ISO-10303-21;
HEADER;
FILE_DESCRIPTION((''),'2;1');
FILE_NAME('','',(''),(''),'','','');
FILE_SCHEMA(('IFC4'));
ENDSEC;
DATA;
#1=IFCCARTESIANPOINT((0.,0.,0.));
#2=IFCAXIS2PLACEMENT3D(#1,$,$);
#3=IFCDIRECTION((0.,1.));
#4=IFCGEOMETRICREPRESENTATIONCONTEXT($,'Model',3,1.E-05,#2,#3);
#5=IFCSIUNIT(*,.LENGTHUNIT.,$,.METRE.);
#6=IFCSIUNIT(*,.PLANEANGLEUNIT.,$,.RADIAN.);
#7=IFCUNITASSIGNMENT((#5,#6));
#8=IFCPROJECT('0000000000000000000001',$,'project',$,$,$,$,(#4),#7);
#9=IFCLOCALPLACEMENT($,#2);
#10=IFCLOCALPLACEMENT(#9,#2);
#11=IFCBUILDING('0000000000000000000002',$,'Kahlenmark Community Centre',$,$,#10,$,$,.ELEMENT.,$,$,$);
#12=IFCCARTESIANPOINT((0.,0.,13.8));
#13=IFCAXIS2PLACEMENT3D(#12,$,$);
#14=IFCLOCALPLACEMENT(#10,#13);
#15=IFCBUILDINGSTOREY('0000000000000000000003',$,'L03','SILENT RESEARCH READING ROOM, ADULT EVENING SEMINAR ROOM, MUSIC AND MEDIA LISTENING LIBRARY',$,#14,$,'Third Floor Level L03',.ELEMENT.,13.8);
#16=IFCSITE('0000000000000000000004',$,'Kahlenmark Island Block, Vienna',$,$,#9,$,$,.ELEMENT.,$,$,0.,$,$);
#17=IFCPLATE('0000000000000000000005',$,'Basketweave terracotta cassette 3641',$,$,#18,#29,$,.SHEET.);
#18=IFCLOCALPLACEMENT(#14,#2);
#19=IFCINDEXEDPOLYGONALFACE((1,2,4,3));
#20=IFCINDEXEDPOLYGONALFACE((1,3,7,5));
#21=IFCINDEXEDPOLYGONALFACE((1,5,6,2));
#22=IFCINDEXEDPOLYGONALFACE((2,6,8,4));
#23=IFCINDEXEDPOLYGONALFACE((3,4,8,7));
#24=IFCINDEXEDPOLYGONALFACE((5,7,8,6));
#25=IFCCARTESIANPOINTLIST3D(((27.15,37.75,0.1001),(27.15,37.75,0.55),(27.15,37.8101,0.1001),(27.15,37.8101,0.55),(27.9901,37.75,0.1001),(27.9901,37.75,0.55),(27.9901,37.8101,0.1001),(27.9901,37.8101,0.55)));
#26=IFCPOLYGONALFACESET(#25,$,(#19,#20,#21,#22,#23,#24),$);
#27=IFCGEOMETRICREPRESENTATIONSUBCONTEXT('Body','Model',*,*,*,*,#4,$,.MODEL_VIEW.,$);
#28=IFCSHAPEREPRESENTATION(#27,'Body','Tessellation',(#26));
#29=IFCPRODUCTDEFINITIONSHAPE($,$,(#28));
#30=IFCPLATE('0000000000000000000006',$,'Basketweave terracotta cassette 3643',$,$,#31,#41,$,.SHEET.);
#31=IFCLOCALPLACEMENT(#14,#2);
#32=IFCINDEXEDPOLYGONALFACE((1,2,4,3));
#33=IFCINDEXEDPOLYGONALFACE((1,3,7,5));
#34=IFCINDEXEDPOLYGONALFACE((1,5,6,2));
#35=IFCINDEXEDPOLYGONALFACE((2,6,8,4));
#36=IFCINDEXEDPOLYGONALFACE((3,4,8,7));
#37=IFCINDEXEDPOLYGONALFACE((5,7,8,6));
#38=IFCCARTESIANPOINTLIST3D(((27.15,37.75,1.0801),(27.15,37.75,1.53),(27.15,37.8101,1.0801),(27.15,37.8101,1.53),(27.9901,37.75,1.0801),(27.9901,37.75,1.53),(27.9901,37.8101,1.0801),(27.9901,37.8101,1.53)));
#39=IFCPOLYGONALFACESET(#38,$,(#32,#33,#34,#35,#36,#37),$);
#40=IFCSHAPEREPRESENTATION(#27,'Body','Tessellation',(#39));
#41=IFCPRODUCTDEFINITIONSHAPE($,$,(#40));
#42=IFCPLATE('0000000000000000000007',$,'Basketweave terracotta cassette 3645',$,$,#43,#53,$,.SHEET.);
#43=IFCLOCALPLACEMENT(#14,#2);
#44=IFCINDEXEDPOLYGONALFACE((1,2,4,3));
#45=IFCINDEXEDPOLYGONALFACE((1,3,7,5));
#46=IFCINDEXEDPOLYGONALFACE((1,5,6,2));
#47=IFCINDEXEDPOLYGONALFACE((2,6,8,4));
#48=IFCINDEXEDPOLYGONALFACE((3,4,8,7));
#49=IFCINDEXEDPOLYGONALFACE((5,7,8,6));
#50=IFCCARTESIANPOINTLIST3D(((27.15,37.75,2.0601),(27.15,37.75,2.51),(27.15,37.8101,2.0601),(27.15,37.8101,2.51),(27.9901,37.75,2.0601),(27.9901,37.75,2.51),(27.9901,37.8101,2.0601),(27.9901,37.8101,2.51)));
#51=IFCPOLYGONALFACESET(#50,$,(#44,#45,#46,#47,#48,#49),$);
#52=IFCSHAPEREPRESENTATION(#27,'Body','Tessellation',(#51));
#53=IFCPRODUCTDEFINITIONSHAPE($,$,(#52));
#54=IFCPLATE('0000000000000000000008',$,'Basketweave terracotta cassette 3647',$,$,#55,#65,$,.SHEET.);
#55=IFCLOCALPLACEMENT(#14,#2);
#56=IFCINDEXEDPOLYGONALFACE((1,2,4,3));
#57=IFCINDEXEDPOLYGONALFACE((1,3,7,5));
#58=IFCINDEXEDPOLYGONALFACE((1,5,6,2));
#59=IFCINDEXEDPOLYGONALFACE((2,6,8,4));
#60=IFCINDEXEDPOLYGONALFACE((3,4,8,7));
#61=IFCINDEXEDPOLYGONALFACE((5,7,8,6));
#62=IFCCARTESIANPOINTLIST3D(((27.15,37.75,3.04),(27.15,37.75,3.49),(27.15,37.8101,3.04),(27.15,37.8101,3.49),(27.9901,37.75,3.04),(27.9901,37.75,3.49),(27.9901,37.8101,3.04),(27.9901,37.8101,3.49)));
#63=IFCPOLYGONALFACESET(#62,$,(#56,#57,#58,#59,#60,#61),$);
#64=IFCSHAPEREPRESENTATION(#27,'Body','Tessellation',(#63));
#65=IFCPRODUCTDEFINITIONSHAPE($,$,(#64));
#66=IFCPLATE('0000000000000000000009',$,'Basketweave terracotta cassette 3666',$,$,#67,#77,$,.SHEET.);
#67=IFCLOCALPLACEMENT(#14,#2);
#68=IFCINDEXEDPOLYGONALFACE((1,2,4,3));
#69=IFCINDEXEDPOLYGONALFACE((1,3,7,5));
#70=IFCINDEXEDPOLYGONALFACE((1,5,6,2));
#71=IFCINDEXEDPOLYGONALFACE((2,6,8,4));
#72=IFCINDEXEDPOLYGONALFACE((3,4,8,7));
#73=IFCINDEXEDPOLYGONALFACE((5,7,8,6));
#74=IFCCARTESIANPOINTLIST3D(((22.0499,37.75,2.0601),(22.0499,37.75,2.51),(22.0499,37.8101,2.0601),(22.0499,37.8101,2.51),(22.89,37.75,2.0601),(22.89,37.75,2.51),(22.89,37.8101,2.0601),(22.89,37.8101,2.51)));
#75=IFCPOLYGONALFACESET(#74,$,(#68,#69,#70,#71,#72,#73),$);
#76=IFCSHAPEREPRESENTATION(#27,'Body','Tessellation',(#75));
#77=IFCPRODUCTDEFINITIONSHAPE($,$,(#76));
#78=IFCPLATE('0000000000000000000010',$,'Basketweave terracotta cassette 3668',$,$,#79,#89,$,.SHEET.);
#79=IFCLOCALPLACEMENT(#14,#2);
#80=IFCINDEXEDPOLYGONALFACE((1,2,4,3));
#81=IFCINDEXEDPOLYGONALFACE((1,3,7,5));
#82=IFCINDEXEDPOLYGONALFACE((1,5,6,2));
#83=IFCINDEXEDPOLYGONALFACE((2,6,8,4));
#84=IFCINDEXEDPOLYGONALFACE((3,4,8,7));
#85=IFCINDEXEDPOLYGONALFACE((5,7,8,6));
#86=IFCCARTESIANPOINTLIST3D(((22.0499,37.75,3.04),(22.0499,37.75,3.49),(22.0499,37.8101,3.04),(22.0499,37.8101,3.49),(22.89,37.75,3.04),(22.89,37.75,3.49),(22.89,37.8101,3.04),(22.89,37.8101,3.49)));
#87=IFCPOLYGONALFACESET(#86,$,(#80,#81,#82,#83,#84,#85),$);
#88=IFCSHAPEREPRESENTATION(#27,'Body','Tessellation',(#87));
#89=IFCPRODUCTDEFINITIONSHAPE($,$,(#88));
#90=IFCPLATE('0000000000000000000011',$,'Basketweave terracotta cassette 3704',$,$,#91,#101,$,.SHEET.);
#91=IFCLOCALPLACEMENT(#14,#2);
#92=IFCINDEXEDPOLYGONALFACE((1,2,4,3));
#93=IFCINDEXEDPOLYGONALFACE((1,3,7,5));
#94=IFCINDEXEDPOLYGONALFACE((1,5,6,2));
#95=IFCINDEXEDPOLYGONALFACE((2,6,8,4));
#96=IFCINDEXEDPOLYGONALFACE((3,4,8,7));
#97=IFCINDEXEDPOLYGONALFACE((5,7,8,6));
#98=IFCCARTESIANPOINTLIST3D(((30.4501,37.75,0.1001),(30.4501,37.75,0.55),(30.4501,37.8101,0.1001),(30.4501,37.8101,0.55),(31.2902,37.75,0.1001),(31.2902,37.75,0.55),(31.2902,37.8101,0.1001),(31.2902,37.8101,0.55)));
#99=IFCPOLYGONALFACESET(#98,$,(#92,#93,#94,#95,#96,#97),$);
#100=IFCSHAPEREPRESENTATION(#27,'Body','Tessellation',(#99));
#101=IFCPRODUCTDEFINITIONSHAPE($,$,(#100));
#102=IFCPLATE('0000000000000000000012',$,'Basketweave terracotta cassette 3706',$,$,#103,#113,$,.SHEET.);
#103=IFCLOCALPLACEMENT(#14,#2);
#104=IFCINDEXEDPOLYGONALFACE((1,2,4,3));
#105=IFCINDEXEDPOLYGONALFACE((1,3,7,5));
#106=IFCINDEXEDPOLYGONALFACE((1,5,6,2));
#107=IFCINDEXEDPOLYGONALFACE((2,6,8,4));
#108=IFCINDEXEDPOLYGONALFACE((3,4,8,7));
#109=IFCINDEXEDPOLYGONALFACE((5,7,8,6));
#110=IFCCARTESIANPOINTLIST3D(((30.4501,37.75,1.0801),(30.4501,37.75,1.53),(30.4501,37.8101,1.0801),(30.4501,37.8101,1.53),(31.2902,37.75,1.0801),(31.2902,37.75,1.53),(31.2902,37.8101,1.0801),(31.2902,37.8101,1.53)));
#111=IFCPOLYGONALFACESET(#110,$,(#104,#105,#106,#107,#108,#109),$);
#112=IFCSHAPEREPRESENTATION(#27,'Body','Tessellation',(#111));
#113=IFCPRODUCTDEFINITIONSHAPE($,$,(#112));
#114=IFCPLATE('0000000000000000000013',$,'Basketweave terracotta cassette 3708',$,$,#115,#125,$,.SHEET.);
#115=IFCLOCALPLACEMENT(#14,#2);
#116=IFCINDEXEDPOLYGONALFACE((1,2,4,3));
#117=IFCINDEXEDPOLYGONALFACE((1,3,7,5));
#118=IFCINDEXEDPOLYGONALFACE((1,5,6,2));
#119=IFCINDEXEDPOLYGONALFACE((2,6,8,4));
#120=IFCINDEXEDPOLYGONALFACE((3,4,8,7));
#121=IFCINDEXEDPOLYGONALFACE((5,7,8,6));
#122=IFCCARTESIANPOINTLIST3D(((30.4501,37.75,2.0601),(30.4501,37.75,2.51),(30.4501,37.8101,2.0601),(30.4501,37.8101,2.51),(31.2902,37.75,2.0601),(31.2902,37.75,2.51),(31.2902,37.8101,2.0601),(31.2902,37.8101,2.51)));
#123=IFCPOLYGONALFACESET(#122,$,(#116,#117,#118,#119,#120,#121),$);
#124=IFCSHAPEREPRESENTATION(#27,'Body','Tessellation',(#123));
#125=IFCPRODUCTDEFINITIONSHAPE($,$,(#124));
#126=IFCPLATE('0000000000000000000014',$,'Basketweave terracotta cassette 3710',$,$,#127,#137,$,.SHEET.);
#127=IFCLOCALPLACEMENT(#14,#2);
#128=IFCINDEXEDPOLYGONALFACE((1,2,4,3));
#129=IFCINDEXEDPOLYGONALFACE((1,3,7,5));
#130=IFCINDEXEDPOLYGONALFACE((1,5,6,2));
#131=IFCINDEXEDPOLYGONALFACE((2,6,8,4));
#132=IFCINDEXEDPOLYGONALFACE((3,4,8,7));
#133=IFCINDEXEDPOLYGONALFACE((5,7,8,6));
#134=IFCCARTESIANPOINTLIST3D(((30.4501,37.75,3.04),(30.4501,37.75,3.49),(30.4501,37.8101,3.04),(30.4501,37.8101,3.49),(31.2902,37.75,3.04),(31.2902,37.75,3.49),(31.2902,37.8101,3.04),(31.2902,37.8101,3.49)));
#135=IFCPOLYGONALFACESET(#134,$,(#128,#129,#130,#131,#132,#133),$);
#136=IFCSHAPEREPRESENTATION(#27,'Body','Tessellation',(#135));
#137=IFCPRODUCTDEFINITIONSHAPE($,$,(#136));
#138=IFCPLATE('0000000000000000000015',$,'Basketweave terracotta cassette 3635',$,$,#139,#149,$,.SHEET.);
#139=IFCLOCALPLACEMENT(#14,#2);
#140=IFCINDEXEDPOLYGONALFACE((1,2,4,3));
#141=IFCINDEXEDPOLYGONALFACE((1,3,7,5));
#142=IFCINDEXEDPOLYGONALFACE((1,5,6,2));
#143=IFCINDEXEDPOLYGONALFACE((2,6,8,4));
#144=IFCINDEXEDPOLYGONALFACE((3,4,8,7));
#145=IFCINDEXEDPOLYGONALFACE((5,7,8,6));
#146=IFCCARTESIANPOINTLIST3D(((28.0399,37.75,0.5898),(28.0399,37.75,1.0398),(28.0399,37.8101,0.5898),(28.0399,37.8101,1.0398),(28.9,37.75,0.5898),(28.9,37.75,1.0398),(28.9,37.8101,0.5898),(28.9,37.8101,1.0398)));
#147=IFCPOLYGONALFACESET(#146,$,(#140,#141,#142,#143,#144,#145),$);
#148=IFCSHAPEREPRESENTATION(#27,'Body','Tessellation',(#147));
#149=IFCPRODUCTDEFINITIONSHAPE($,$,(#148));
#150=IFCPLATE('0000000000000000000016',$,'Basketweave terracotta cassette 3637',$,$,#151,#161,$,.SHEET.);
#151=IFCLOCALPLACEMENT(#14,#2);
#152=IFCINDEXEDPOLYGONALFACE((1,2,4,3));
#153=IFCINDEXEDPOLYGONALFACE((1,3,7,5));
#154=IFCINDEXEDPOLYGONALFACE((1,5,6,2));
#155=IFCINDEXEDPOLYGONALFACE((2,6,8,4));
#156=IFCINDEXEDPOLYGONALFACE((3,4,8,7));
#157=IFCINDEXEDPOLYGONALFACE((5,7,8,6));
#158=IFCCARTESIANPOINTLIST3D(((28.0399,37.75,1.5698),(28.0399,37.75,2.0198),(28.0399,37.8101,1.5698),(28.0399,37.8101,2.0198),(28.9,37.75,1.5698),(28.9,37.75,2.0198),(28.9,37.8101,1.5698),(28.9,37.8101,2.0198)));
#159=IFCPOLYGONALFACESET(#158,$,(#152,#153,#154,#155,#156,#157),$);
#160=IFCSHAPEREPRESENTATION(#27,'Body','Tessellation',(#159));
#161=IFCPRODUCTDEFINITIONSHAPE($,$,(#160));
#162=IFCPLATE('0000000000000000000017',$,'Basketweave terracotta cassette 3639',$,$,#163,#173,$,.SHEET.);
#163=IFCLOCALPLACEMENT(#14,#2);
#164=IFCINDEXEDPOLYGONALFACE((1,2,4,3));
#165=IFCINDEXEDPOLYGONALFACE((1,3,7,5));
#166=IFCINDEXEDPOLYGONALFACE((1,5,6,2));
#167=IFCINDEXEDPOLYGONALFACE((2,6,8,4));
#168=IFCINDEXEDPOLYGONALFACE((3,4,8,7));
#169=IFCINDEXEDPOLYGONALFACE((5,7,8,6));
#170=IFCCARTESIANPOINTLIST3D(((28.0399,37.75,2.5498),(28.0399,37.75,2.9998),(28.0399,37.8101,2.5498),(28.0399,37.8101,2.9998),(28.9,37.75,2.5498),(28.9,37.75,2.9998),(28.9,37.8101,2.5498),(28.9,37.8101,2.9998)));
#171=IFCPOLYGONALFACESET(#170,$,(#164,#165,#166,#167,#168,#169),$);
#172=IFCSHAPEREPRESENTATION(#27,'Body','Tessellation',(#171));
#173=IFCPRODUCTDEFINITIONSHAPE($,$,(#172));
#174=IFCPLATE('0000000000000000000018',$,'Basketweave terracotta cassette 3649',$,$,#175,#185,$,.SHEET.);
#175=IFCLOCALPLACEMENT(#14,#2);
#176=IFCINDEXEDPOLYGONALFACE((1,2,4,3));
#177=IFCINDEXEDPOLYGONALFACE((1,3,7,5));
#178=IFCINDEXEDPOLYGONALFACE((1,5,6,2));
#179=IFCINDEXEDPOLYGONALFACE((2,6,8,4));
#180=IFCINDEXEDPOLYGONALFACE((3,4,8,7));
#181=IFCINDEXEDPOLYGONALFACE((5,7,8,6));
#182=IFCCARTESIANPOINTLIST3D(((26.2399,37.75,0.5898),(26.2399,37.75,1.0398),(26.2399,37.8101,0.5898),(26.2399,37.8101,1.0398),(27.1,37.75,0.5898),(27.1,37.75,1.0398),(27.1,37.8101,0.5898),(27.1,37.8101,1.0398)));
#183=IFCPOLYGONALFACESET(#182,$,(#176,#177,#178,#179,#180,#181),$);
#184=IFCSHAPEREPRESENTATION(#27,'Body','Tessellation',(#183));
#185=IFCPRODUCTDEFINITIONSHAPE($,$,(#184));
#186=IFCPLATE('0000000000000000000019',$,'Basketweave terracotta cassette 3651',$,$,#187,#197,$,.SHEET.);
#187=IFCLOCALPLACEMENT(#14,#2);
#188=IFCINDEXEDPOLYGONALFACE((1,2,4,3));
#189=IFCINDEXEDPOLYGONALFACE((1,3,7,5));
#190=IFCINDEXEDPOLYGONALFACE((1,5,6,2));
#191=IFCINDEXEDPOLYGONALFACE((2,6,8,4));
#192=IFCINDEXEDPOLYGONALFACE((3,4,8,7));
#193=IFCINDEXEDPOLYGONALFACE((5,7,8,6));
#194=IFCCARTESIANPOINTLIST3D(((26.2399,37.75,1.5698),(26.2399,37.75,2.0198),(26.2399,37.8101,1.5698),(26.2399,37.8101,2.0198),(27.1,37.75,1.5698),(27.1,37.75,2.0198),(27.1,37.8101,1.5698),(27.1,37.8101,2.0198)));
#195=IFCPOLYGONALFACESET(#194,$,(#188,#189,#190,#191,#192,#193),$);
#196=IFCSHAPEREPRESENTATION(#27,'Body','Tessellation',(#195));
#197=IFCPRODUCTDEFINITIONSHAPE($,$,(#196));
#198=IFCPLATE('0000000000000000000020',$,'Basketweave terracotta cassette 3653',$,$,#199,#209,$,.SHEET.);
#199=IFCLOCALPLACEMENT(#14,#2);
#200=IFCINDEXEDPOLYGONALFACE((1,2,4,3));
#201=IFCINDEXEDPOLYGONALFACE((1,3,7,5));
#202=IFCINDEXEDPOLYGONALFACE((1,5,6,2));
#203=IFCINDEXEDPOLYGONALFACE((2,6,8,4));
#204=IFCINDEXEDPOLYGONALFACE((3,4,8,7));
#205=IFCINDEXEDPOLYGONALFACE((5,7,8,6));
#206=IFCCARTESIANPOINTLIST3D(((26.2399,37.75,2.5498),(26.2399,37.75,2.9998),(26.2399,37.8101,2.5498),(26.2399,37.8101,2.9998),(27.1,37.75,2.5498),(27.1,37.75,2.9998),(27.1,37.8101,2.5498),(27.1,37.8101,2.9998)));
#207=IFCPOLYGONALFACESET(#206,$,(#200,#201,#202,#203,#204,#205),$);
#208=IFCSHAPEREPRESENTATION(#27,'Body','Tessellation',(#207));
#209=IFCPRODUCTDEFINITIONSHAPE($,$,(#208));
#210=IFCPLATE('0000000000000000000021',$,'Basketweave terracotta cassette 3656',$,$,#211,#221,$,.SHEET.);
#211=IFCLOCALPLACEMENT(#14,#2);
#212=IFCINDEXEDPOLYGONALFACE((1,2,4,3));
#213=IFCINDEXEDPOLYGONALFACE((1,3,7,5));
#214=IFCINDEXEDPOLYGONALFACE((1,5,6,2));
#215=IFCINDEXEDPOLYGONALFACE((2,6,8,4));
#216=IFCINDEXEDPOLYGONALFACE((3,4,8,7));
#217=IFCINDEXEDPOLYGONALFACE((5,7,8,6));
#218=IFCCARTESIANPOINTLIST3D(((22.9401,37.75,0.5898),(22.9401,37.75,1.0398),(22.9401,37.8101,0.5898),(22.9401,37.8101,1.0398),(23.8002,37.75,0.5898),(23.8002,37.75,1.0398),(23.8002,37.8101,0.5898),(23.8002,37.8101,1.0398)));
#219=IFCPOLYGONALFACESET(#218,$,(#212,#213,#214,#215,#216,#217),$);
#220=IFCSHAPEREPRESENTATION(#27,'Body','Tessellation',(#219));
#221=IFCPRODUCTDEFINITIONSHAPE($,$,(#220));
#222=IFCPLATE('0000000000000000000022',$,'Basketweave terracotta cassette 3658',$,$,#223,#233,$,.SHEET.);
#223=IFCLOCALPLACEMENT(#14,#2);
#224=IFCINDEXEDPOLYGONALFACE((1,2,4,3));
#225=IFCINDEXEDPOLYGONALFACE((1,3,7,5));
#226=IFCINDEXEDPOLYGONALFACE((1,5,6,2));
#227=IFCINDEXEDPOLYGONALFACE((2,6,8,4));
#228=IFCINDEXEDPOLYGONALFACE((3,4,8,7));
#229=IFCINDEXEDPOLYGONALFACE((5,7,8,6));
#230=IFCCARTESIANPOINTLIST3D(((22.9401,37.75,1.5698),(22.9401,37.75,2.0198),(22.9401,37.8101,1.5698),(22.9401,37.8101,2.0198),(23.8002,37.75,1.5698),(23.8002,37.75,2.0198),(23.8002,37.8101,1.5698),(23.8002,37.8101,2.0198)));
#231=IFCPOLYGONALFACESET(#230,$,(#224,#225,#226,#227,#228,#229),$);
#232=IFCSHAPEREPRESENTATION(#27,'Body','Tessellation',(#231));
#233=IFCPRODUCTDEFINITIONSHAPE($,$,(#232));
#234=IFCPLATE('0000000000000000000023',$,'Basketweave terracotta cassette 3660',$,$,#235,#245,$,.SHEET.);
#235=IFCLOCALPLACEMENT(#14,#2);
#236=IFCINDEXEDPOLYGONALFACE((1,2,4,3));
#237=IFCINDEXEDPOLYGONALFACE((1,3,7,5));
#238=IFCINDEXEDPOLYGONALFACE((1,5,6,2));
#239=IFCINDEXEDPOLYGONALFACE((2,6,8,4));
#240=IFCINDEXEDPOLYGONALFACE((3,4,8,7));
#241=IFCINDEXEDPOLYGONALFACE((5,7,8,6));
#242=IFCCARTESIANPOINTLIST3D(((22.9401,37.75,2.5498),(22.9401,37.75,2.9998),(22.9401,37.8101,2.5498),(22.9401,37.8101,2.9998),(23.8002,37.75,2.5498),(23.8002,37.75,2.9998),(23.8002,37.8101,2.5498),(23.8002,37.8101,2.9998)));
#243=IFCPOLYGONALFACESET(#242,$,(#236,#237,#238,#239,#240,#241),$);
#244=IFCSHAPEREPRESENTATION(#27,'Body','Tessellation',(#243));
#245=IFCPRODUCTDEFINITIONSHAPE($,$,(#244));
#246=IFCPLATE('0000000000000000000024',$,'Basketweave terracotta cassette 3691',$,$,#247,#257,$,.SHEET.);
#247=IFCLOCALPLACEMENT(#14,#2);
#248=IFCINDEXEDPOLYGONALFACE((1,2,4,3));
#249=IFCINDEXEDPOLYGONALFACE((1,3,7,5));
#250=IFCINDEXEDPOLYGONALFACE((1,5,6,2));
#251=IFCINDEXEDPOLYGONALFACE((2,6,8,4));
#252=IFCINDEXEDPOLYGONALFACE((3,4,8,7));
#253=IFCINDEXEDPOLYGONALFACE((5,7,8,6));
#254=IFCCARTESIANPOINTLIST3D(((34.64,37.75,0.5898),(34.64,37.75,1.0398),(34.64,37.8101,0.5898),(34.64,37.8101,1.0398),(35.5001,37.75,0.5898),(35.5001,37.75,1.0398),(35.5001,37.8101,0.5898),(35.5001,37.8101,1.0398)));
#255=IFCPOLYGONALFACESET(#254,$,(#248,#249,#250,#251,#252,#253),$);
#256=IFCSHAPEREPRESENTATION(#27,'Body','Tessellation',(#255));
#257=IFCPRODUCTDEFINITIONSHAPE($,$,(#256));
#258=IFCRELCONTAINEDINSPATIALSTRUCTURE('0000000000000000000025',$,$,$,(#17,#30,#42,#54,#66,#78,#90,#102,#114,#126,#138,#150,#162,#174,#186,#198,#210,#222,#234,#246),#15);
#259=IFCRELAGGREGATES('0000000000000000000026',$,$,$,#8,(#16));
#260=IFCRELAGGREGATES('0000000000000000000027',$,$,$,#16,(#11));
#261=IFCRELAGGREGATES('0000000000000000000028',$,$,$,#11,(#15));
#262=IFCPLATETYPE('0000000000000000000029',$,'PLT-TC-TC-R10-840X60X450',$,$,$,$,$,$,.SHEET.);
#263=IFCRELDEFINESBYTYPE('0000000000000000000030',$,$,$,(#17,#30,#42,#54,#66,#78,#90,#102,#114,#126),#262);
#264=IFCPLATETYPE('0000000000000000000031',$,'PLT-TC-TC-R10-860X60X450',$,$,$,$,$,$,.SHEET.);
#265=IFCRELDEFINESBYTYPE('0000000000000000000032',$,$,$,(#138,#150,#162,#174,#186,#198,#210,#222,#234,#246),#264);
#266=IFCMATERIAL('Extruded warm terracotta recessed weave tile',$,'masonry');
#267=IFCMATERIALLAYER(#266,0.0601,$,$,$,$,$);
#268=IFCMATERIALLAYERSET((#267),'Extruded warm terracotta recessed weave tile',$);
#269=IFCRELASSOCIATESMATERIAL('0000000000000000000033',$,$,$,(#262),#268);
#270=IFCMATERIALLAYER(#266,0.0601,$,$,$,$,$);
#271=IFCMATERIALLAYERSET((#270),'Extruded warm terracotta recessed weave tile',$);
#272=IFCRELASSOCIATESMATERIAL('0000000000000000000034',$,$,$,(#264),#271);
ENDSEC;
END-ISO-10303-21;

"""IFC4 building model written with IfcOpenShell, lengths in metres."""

from ifc_helpers import new_model, si_unit, direction, frame, origin, origin_2d, place, context, subcontext, project, spatial, rectangle, extrude, material, layer, layer_set, type_object, element, save


model = new_model("IFC4")

# Units and contexts
model_context = context("Model", 3, precision=1e-05, world=origin(), true_north=direction((0.0, 1.0)))
body_context = subcontext(model_context, "Body", "Model", "MODEL_VIEW")
ifc_project = project(units=[si_unit("LENGTHUNIT", "METRE"), si_unit("PLANEANGLEUNIT", "RADIAN")], contexts=[model_context])

# Site, building, storey
site_placement = place(None, origin())
site = spatial("IfcSite", under=ifc_project, at=site_placement, Name="Kahlenmark Island Block, Vienna", CompositionType="ELEMENT", RefElevation=0.0)
building_placement = place(site_placement, origin())
building = spatial("IfcBuilding", under=site, at=building_placement, Name="Kahlenmark Community Centre", CompositionType="ELEMENT")
storey_placement = place(building_placement, frame((0.0, 0.0, 13.8)))
storey = spatial("IfcBuildingStorey", under=building, at=storey_placement, Name="L03", Description="SILENT RESEARCH READING ROOM, ADULT EVENING SEMINAR ROOM, MUSIC AND MEDIA LISTENING LIBRARY", LongName="Third Floor Level L03", CompositionType="ELEMENT", Elevation=13.8)

# Plates
ifc_material = material(Name="Extruded warm terracotta recessed weave tile", Category="masonry")
ifc_layer_1 = layer(ifc_material, 0.0601)
ifc_layer_set_1 = layer_set([ifc_layer_1], Name="Extruded warm terracotta recessed weave tile")
plate_type_1 = type_object("IfcPlateType", Name="PLT-TC-TC-R10-840X60X450", PredefinedType="SHEET", material=ifc_layer_set_1)
for number, where, z_axis, x_axis, name in (
    (1, (27.5701, 37.78, 0.1001), (0.0, 0.0, 1.0), (-1.0, 0.0, 0.0), "Basketweave terracotta cassette 3641"),
    (2, (27.5701, 37.78, 1.0801), (0.0, 0.0, 1.0), (-1.0, 0.0, 0.0), "Basketweave terracotta cassette 3643"),
    (3, (27.5701, 37.78, 2.0601), (0.0, 0.0, 1.0), (-1.0, 0.0, 0.0), "Basketweave terracotta cassette 3645"),
    (4, (27.5701, 37.78, 3.04), (0.0, 0.0, 1.0), (-1.0, 0.0, 0.0), "Basketweave terracotta cassette 3647"),
    (5, (22.47, 37.78, 2.0601), (0.0, 0.0, 1.0), (-1.0, 0.0, 0.0), "Basketweave terracotta cassette 3666"),
    (6, (22.47, 37.78, 3.04), (0.0, 0.0, 1.0), (-1.0, 0.0, 0.0), "Basketweave terracotta cassette 3668"),
    (7, (30.8701, 37.78, 0.1001), (0.0, 0.0, 1.0), (-1.0, 0.0, 0.0), "Basketweave terracotta cassette 3704"),
    (8, (30.8701, 37.78, 1.0801), (0.0, 0.0, 1.0), (-1.0, 0.0, 0.0), "Basketweave terracotta cassette 3706"),
    (9, (30.8701, 37.78, 2.0601), (0.0, 0.0, 1.0), (-1.0, 0.0, 0.0), "Basketweave terracotta cassette 3708"),
    (10, (30.8701, 37.78, 3.04), (0.0, 0.0, 1.0), (-1.0, 0.0, 0.0), "Basketweave terracotta cassette 3710"),
):
    element("IfcPlate", number, at=place(storey_placement, frame(where, z_axis=z_axis, x_axis=x_axis)), inside=storey, type_object=plate_type_1, Name=name, PredefinedType="SHEET", context=body_context, shape_type="SweptSolid", body=[
        extrude(rectangle(XDim=0.8401, YDim=0.0601, at=origin_2d()), origin(), (0.0, 0.0, 1.0), 0.45),
    ])
ifc_layer_2 = layer(ifc_material, 0.0601)
ifc_layer_set_2 = layer_set([ifc_layer_2], Name="Extruded warm terracotta recessed weave tile")
plate_type_2 = type_object("IfcPlateType", Name="PLT-TC-TC-R10-860X60X450", PredefinedType="SHEET", material=ifc_layer_set_2)
for number, where, z_axis, x_axis, name in (
    (11, (28.47, 37.78, 0.5898), (0.0, 0.0, 1.0), (-1.0, 0.0, 0.0), "Basketweave terracotta cassette 3635"),
    (12, (28.47, 37.78, 1.5698), (0.0, 0.0, 1.0), (-1.0, 0.0, 0.0), "Basketweave terracotta cassette 3637"),
    (13, (28.47, 37.78, 2.5498), (0.0, 0.0, 1.0), (-1.0, 0.0, 0.0), "Basketweave terracotta cassette 3639"),
    (14, (26.6699, 37.78, 0.5898), (0.0, 0.0, 1.0), (-1.0, 0.0, 0.0), "Basketweave terracotta cassette 3649"),
    (15, (26.6699, 37.78, 1.5698), (0.0, 0.0, 1.0), (-1.0, 0.0, 0.0), "Basketweave terracotta cassette 3651"),
    (16, (26.6699, 37.78, 2.5498), (0.0, 0.0, 1.0), (-1.0, 0.0, 0.0), "Basketweave terracotta cassette 3653"),
    (17, (23.3701, 37.78, 0.5898), (0.0, 0.0, 1.0), (-1.0, 0.0, 0.0), "Basketweave terracotta cassette 3656"),
    (18, (23.3701, 37.78, 1.5698), (0.0, 0.0, 1.0), (-1.0, 0.0, 0.0), "Basketweave terracotta cassette 3658"),
    (19, (23.3701, 37.78, 2.5498), (0.0, 0.0, 1.0), (-1.0, 0.0, 0.0), "Basketweave terracotta cassette 3660"),
    (20, (35.0701, 37.78, 0.5898), (0.0, 0.0, 1.0), (-1.0, 0.0, 0.0), "Basketweave terracotta cassette 3691"),
):
    element("IfcPlate", number, at=place(storey_placement, frame(where, z_axis=z_axis, x_axis=x_axis)), inside=storey, type_object=plate_type_2, Name=name, PredefinedType="SHEET", context=body_context, shape_type="SweptSolid", body=[
        extrude(rectangle(XDim=0.8601, YDim=0.0601, at=origin_2d()), origin(), (0.0, 0.0, 1.0), 0.45),
    ])

save(model, "model.ifc")
